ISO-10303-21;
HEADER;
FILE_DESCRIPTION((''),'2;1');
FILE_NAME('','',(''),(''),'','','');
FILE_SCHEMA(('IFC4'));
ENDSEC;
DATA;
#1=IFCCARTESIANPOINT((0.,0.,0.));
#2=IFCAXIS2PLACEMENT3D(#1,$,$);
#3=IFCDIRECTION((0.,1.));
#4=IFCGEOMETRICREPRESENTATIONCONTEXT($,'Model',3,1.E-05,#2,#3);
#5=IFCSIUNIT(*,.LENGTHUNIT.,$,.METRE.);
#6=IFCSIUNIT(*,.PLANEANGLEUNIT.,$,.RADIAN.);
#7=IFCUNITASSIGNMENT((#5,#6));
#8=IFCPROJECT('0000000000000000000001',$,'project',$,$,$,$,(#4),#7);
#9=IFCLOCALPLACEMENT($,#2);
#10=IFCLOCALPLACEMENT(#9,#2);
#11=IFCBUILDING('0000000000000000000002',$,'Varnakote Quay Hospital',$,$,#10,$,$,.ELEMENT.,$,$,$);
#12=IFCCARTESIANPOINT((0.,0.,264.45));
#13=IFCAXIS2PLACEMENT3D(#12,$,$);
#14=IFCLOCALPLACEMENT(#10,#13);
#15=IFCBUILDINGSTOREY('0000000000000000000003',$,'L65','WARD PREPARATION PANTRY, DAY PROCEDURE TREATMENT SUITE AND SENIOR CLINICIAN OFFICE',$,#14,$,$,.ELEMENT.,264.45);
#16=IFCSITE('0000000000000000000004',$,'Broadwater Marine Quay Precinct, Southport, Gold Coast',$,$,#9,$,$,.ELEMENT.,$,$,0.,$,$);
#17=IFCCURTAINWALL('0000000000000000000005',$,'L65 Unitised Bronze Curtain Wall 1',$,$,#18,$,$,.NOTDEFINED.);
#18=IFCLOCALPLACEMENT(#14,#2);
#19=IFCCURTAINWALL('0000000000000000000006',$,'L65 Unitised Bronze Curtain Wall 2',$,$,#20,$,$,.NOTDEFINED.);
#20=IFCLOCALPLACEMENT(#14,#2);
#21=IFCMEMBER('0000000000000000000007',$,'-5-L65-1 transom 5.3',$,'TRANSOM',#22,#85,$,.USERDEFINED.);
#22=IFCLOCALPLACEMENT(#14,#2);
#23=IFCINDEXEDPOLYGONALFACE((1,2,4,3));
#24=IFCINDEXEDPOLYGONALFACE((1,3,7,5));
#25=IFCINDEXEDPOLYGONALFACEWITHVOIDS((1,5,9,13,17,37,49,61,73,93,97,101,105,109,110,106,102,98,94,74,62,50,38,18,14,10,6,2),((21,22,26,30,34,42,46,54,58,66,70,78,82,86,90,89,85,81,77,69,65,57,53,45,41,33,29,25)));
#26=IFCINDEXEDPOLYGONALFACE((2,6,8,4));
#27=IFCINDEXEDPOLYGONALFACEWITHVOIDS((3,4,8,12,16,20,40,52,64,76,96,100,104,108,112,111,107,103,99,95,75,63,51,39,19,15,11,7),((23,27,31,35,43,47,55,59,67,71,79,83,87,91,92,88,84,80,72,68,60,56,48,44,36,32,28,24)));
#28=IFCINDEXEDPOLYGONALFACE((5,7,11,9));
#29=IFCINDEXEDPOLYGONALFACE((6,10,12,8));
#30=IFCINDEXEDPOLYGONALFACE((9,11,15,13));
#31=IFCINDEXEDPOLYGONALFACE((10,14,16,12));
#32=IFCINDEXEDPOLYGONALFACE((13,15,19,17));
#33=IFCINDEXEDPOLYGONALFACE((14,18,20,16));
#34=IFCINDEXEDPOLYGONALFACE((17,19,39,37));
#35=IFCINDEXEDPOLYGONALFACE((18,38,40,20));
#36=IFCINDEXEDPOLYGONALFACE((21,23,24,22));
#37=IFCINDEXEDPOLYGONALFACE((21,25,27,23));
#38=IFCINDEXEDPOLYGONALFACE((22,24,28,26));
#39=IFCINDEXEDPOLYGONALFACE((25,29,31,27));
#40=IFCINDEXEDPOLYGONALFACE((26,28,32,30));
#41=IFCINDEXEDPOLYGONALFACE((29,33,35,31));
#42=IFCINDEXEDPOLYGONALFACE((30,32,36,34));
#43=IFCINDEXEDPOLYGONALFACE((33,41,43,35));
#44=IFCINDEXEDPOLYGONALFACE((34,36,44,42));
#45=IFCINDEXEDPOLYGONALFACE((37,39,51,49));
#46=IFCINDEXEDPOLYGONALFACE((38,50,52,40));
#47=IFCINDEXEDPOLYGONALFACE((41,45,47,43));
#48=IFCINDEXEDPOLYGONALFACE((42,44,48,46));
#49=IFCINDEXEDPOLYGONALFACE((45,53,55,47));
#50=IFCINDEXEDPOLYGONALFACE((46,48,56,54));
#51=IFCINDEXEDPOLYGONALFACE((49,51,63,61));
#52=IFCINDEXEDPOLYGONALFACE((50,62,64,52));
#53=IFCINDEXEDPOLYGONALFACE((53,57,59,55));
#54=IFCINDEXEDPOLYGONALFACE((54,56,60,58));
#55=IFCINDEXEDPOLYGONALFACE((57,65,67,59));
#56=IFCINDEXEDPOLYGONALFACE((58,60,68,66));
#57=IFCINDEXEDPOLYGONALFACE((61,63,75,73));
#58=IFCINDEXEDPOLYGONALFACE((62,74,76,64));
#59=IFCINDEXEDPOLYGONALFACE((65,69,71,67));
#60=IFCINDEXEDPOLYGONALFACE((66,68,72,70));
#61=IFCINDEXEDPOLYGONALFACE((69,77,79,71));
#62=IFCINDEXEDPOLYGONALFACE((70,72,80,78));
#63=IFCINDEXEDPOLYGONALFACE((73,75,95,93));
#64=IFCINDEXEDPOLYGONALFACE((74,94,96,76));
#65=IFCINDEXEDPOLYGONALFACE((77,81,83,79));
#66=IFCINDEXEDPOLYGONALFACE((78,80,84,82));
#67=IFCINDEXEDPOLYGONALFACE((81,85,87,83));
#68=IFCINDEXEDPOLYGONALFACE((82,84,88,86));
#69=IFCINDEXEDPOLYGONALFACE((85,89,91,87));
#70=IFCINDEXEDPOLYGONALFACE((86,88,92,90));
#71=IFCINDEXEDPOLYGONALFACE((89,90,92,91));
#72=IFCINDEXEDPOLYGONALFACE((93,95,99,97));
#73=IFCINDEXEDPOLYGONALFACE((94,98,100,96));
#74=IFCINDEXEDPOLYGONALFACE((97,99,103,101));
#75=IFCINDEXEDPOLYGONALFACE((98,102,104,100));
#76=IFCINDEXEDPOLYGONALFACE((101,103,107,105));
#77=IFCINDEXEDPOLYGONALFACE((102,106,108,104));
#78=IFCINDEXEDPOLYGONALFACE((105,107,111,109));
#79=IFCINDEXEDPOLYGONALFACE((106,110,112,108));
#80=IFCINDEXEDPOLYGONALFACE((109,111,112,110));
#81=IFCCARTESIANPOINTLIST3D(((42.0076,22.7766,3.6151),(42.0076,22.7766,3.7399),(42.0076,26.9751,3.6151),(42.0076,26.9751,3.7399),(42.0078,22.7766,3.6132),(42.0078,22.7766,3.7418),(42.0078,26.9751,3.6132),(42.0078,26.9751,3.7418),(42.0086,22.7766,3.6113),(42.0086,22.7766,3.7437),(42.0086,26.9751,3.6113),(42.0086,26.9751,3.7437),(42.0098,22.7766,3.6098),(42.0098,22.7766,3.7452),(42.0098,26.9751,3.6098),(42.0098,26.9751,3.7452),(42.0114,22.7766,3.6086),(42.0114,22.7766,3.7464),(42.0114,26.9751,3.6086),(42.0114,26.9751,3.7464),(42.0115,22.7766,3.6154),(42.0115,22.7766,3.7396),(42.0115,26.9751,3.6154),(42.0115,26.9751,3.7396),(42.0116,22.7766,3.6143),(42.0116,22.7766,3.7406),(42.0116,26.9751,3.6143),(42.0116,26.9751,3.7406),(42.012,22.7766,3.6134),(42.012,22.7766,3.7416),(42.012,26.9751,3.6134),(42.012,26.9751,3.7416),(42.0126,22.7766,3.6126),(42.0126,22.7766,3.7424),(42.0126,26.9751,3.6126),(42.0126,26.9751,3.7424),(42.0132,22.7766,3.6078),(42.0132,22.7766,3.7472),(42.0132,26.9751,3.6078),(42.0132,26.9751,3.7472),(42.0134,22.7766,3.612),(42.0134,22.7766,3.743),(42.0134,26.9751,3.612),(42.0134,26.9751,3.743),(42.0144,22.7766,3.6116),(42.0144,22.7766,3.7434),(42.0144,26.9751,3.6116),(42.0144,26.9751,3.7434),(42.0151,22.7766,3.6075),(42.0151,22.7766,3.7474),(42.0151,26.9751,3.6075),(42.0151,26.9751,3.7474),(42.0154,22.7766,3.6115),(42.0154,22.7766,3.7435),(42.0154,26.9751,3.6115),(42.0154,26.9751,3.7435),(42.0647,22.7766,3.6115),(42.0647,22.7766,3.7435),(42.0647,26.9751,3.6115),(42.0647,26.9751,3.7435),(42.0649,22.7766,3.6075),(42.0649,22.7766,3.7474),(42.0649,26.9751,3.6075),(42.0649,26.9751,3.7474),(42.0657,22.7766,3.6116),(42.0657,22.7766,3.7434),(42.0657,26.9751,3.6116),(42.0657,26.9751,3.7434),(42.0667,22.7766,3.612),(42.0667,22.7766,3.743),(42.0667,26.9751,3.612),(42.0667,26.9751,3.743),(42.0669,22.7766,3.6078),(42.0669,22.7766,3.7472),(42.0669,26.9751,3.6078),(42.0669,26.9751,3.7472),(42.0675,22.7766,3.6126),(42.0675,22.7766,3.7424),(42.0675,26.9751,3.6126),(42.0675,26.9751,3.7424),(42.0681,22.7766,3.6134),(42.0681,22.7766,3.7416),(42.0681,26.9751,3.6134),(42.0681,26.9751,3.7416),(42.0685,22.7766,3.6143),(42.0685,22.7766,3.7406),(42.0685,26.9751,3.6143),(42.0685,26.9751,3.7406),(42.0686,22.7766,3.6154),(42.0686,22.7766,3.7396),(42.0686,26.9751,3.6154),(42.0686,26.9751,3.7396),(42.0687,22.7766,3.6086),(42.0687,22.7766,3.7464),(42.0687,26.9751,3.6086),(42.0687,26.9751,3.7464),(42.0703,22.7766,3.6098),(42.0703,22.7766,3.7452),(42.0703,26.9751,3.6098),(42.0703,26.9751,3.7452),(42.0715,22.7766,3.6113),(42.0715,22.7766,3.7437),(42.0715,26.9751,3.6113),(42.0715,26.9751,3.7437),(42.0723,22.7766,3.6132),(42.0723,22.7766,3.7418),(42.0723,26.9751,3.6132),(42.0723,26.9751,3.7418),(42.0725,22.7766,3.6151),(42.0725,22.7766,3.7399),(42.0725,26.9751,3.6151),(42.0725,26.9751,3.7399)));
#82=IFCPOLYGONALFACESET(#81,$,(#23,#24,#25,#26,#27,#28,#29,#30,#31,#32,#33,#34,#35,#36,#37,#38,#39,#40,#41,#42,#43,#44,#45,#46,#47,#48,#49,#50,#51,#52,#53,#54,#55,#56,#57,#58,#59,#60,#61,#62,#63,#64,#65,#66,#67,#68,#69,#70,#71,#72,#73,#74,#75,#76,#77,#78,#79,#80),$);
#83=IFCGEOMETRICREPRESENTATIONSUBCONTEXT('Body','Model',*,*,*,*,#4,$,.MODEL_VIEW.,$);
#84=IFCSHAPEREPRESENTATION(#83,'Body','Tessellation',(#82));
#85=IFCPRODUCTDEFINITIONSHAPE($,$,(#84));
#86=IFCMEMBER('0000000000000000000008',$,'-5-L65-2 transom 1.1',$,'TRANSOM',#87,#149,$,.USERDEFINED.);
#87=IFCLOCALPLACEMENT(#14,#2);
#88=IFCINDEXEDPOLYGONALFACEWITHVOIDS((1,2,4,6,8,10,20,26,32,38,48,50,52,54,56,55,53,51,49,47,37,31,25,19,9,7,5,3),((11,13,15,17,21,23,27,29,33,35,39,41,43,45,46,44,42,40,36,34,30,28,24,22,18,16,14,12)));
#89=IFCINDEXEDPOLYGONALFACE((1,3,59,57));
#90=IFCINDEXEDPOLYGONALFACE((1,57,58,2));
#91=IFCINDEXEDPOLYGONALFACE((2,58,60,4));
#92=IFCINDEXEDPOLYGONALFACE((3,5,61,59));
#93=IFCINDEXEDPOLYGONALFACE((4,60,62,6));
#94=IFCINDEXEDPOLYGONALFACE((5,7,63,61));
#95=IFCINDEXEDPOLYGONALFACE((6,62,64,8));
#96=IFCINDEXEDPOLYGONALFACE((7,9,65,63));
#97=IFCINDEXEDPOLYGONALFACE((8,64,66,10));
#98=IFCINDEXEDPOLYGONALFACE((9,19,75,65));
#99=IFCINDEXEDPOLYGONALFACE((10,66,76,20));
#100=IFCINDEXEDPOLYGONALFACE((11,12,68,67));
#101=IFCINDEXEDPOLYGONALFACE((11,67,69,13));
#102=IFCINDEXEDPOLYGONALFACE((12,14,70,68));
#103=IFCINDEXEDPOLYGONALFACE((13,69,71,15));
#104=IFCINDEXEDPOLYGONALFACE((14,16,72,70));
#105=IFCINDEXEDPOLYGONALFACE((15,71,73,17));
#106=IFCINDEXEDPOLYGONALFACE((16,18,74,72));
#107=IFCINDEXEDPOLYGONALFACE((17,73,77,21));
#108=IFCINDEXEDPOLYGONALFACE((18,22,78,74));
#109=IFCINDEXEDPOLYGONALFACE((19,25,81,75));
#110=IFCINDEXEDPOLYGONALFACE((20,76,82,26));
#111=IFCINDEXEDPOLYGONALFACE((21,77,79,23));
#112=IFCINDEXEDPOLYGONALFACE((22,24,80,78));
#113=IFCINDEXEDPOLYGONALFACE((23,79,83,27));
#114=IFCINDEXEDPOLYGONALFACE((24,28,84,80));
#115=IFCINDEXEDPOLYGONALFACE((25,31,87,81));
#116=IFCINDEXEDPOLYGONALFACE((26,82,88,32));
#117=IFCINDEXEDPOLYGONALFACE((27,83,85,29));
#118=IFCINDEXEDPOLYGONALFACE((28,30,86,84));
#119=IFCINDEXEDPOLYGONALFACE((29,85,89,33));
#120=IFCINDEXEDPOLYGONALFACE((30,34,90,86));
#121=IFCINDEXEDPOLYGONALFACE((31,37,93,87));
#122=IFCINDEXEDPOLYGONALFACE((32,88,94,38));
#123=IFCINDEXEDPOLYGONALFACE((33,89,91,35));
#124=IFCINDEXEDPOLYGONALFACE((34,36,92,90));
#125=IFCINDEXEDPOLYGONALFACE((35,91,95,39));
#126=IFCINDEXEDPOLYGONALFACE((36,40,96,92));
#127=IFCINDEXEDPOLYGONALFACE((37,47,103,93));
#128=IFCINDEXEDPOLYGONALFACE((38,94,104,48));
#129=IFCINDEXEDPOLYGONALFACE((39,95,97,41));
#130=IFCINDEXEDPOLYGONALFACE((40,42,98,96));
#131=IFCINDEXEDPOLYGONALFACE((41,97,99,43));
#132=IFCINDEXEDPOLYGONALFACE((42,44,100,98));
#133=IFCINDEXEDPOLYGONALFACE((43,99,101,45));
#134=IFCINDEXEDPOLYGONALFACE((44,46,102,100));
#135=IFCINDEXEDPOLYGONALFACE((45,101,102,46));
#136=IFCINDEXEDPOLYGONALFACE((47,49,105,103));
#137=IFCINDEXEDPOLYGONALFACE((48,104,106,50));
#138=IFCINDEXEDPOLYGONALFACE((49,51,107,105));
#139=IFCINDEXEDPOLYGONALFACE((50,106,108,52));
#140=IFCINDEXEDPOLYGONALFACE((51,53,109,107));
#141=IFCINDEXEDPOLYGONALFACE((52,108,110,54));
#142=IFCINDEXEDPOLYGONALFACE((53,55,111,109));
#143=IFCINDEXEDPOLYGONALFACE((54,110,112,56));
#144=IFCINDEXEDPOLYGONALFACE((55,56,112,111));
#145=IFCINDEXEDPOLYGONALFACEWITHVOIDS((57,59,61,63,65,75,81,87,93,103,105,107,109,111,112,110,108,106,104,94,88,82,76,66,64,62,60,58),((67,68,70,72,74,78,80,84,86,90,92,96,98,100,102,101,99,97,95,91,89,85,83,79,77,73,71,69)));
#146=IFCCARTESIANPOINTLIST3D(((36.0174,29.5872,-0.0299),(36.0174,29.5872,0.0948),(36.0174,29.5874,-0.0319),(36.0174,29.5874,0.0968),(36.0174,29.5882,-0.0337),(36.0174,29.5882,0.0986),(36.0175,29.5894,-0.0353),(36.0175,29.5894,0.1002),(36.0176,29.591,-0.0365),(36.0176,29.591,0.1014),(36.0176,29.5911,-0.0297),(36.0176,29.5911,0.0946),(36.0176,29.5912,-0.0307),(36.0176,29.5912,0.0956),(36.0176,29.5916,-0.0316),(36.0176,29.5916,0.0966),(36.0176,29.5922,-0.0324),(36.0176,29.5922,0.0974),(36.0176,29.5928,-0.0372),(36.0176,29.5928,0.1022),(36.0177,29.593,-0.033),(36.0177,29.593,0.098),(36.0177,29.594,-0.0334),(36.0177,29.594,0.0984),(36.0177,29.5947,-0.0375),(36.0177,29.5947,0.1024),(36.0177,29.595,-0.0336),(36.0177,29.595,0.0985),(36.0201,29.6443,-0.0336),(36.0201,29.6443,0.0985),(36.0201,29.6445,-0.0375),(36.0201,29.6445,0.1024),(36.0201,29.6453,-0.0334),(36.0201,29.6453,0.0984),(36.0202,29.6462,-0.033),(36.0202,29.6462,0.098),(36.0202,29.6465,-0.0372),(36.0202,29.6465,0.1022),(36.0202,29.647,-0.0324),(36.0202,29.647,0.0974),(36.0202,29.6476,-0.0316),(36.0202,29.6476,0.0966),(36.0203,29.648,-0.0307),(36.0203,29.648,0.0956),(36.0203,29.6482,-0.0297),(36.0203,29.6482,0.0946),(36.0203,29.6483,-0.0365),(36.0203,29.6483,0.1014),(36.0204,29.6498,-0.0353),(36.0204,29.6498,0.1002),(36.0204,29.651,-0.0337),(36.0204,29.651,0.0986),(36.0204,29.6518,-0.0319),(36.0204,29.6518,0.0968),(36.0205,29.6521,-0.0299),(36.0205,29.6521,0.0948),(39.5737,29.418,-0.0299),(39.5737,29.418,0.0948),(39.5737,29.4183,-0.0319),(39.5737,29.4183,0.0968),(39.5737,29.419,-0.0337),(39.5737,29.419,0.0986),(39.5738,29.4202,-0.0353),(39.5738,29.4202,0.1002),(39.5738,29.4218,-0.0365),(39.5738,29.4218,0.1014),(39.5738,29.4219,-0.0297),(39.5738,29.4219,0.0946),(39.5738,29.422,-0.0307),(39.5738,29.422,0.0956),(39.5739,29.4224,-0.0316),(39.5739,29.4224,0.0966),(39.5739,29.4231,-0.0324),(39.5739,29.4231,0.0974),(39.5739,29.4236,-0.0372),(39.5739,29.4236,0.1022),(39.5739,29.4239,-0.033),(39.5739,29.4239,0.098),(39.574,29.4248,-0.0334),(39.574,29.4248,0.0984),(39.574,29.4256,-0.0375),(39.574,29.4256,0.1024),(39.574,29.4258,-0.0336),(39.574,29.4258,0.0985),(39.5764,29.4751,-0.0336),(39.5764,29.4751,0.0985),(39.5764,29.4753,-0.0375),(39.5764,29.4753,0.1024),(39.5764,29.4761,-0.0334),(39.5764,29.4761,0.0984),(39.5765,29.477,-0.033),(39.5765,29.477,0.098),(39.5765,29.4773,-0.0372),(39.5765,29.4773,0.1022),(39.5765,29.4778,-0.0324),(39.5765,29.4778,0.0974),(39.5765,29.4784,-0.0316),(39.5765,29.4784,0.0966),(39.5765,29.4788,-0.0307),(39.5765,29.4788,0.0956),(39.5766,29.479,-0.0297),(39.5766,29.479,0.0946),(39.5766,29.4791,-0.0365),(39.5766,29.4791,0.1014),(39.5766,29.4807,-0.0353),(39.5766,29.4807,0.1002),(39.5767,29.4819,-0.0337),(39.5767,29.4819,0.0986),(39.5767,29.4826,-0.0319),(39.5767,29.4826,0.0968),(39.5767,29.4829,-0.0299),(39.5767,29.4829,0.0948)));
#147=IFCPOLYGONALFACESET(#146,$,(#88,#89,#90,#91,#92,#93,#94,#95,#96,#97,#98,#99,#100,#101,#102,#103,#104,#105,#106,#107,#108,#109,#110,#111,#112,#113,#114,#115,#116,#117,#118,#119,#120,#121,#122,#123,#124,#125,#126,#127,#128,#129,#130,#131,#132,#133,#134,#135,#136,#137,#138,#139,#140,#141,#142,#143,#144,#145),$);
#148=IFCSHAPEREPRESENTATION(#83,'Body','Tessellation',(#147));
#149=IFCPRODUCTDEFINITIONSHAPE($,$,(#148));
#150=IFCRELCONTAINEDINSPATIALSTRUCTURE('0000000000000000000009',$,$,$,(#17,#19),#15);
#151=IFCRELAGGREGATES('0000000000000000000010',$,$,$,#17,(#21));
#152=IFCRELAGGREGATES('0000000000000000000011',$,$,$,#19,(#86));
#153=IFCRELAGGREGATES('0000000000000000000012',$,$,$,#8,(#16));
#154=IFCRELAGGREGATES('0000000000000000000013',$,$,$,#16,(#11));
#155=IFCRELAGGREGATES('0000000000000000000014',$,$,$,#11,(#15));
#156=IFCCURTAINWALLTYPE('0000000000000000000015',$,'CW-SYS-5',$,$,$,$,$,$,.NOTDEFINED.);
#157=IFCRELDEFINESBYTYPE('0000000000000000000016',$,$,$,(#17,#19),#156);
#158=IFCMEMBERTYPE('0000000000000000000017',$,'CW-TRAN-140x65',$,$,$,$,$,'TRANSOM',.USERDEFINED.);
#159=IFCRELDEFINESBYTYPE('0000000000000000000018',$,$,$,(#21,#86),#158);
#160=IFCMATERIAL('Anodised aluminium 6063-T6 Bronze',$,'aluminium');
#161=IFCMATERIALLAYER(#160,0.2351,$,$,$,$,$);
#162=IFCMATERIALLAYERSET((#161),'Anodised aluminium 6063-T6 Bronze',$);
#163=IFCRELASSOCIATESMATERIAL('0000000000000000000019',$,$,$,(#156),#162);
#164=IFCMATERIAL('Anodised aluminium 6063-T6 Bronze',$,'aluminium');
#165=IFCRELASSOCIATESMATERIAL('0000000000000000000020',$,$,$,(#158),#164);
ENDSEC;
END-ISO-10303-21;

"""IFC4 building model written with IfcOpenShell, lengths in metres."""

from ifc_helpers import new_model, si_unit, direction, frame, origin, origin_2d, place, context, subcontext, project, spatial, hollow_rectangle, extrude, material, layer, layer_set, material_profile, profile_set, type_object, element, aggregate, save


model = new_model("IFC4")

# Units and contexts
model_context = context("Model", 3, precision=1e-05, world=origin(), true_north=direction((0.0, 1.0)))
body_context = subcontext(model_context, "Body", "Model", "MODEL_VIEW")
ifc_project = project(units=[si_unit("LENGTHUNIT", "METRE"), si_unit("PLANEANGLEUNIT", "RADIAN")], contexts=[model_context])

# Site, building, storey
site_placement = place(None, origin())
site = spatial("IfcSite", under=ifc_project, at=site_placement, Name="Broadwater Marine Quay Precinct, Southport, Gold Coast", CompositionType="ELEMENT", RefElevation=0.0)
building_placement = place(site_placement, origin())
building = spatial("IfcBuilding", under=site, at=building_placement, Name="Varnakote Quay Hospital", CompositionType="ELEMENT")
storey_placement = place(building_placement, frame((0.0, 0.0, 264.45)))
storey = spatial("IfcBuildingStorey", under=building, at=storey_placement, Name="L65", Description="WARD PREPARATION PANTRY, DAY PROCEDURE TREATMENT SUITE AND SENIOR CLINICIAN OFFICE", CompositionType="ELEMENT", Elevation=264.45)

# Curtain walls
ifc_material_1 = material(Name="Anodised aluminium 6063-T6 Bronze", Category="aluminium")
ifc_layer_1 = layer(ifc_material_1, 0.2351)
ifc_layer_set_1 = layer_set([ifc_layer_1], Name="Anodised aluminium 6063-T6 Bronze")
curtain_wall_type = type_object("IfcCurtainWallType", Name="CW-SYS-5", PredefinedType="NOTDEFINED", material=ifc_layer_set_1)
curtain_wall_1_placement = place(storey_placement, origin())
curtain_wall_1 = element("IfcCurtainWall", 1, at=curtain_wall_1_placement, inside=storey, type_object=curtain_wall_type, Name="L65 Unitised Bronze Curtain Wall 1", PredefinedType="NOTDEFINED")
curtain_wall_2_placement = place(storey_placement, origin())
curtain_wall_2 = element("IfcCurtainWall", 2, at=curtain_wall_2_placement, inside=storey, type_object=curtain_wall_type, Name="L65 Unitised Bronze Curtain Wall 2", PredefinedType="NOTDEFINED")

# Members
ifc_material_2 = material(Name="Anodised aluminium 6063-T6 Bronze", Category="aluminium")
ifc_material_profile_1 = material_profile(ifc_material_2, hollow_rectangle(XDim=0.0649, YDim=0.1399, WallThickness=0.0039, InnerFilletRadius=0.0039, OuterFilletRadius=0.0076, at=origin_2d()), Name="CW-TRAN-140x65")
ifc_profile_set_1 = profile_set([ifc_material_profile_1], Name="Anodised aluminium 6063-T6 Bronze")
member_type_1 = type_object("IfcMemberType", Name="CW-TRAN-140x65", ElementType="TRANSOM", PredefinedType="USERDEFINED", material=ifc_profile_set_1)
member_1_placement = place(storey_placement, frame((42.04, 22.7766, 3.6775), z_axis=(0.0, 1.0, 0.0), x_axis=(-1.0, 0.0, 0.0)))
member_1 = element("IfcMember", 3, at=member_1_placement, type_object=member_type_1, Name="-5-L65-1 transom 5.3", ObjectType="TRANSOM", PredefinedType="USERDEFINED", context=body_context, shape_type="SweptSolid", body=[
    extrude(hollow_rectangle(XDim=0.0649, YDim=0.1399, WallThickness=0.0039, InnerFilletRadius=0.0039, OuterFilletRadius=0.0076, at=origin_2d()), origin(), (0.0, 0.0, 1.0), 4.1985),
])
member_2_placement = place(storey_placement, frame((39.5752, 29.4504, 0.0325), z_axis=(-0.99887, 0.04752, 0.0), x_axis=(-0.04752, -0.99887, 0.0)))
member_2 = element("IfcMember", 4, at=member_2_placement, type_object=member_type_1, Name="-5-L65-2 transom 1.1", ObjectType="TRANSOM", PredefinedType="USERDEFINED", context=body_context, shape_type="SweptSolid", body=[
    extrude(hollow_rectangle(XDim=0.0649, YDim=0.1399, WallThickness=0.0039, InnerFilletRadius=0.0039, OuterFilletRadius=0.0076, at=origin_2d()), origin(), (0.0, 0.0, 1.0), 3.5603),
])

aggregate(curtain_wall_1, [member_1])
aggregate(curtain_wall_2, [member_2])

save(model, "model.ifc")
